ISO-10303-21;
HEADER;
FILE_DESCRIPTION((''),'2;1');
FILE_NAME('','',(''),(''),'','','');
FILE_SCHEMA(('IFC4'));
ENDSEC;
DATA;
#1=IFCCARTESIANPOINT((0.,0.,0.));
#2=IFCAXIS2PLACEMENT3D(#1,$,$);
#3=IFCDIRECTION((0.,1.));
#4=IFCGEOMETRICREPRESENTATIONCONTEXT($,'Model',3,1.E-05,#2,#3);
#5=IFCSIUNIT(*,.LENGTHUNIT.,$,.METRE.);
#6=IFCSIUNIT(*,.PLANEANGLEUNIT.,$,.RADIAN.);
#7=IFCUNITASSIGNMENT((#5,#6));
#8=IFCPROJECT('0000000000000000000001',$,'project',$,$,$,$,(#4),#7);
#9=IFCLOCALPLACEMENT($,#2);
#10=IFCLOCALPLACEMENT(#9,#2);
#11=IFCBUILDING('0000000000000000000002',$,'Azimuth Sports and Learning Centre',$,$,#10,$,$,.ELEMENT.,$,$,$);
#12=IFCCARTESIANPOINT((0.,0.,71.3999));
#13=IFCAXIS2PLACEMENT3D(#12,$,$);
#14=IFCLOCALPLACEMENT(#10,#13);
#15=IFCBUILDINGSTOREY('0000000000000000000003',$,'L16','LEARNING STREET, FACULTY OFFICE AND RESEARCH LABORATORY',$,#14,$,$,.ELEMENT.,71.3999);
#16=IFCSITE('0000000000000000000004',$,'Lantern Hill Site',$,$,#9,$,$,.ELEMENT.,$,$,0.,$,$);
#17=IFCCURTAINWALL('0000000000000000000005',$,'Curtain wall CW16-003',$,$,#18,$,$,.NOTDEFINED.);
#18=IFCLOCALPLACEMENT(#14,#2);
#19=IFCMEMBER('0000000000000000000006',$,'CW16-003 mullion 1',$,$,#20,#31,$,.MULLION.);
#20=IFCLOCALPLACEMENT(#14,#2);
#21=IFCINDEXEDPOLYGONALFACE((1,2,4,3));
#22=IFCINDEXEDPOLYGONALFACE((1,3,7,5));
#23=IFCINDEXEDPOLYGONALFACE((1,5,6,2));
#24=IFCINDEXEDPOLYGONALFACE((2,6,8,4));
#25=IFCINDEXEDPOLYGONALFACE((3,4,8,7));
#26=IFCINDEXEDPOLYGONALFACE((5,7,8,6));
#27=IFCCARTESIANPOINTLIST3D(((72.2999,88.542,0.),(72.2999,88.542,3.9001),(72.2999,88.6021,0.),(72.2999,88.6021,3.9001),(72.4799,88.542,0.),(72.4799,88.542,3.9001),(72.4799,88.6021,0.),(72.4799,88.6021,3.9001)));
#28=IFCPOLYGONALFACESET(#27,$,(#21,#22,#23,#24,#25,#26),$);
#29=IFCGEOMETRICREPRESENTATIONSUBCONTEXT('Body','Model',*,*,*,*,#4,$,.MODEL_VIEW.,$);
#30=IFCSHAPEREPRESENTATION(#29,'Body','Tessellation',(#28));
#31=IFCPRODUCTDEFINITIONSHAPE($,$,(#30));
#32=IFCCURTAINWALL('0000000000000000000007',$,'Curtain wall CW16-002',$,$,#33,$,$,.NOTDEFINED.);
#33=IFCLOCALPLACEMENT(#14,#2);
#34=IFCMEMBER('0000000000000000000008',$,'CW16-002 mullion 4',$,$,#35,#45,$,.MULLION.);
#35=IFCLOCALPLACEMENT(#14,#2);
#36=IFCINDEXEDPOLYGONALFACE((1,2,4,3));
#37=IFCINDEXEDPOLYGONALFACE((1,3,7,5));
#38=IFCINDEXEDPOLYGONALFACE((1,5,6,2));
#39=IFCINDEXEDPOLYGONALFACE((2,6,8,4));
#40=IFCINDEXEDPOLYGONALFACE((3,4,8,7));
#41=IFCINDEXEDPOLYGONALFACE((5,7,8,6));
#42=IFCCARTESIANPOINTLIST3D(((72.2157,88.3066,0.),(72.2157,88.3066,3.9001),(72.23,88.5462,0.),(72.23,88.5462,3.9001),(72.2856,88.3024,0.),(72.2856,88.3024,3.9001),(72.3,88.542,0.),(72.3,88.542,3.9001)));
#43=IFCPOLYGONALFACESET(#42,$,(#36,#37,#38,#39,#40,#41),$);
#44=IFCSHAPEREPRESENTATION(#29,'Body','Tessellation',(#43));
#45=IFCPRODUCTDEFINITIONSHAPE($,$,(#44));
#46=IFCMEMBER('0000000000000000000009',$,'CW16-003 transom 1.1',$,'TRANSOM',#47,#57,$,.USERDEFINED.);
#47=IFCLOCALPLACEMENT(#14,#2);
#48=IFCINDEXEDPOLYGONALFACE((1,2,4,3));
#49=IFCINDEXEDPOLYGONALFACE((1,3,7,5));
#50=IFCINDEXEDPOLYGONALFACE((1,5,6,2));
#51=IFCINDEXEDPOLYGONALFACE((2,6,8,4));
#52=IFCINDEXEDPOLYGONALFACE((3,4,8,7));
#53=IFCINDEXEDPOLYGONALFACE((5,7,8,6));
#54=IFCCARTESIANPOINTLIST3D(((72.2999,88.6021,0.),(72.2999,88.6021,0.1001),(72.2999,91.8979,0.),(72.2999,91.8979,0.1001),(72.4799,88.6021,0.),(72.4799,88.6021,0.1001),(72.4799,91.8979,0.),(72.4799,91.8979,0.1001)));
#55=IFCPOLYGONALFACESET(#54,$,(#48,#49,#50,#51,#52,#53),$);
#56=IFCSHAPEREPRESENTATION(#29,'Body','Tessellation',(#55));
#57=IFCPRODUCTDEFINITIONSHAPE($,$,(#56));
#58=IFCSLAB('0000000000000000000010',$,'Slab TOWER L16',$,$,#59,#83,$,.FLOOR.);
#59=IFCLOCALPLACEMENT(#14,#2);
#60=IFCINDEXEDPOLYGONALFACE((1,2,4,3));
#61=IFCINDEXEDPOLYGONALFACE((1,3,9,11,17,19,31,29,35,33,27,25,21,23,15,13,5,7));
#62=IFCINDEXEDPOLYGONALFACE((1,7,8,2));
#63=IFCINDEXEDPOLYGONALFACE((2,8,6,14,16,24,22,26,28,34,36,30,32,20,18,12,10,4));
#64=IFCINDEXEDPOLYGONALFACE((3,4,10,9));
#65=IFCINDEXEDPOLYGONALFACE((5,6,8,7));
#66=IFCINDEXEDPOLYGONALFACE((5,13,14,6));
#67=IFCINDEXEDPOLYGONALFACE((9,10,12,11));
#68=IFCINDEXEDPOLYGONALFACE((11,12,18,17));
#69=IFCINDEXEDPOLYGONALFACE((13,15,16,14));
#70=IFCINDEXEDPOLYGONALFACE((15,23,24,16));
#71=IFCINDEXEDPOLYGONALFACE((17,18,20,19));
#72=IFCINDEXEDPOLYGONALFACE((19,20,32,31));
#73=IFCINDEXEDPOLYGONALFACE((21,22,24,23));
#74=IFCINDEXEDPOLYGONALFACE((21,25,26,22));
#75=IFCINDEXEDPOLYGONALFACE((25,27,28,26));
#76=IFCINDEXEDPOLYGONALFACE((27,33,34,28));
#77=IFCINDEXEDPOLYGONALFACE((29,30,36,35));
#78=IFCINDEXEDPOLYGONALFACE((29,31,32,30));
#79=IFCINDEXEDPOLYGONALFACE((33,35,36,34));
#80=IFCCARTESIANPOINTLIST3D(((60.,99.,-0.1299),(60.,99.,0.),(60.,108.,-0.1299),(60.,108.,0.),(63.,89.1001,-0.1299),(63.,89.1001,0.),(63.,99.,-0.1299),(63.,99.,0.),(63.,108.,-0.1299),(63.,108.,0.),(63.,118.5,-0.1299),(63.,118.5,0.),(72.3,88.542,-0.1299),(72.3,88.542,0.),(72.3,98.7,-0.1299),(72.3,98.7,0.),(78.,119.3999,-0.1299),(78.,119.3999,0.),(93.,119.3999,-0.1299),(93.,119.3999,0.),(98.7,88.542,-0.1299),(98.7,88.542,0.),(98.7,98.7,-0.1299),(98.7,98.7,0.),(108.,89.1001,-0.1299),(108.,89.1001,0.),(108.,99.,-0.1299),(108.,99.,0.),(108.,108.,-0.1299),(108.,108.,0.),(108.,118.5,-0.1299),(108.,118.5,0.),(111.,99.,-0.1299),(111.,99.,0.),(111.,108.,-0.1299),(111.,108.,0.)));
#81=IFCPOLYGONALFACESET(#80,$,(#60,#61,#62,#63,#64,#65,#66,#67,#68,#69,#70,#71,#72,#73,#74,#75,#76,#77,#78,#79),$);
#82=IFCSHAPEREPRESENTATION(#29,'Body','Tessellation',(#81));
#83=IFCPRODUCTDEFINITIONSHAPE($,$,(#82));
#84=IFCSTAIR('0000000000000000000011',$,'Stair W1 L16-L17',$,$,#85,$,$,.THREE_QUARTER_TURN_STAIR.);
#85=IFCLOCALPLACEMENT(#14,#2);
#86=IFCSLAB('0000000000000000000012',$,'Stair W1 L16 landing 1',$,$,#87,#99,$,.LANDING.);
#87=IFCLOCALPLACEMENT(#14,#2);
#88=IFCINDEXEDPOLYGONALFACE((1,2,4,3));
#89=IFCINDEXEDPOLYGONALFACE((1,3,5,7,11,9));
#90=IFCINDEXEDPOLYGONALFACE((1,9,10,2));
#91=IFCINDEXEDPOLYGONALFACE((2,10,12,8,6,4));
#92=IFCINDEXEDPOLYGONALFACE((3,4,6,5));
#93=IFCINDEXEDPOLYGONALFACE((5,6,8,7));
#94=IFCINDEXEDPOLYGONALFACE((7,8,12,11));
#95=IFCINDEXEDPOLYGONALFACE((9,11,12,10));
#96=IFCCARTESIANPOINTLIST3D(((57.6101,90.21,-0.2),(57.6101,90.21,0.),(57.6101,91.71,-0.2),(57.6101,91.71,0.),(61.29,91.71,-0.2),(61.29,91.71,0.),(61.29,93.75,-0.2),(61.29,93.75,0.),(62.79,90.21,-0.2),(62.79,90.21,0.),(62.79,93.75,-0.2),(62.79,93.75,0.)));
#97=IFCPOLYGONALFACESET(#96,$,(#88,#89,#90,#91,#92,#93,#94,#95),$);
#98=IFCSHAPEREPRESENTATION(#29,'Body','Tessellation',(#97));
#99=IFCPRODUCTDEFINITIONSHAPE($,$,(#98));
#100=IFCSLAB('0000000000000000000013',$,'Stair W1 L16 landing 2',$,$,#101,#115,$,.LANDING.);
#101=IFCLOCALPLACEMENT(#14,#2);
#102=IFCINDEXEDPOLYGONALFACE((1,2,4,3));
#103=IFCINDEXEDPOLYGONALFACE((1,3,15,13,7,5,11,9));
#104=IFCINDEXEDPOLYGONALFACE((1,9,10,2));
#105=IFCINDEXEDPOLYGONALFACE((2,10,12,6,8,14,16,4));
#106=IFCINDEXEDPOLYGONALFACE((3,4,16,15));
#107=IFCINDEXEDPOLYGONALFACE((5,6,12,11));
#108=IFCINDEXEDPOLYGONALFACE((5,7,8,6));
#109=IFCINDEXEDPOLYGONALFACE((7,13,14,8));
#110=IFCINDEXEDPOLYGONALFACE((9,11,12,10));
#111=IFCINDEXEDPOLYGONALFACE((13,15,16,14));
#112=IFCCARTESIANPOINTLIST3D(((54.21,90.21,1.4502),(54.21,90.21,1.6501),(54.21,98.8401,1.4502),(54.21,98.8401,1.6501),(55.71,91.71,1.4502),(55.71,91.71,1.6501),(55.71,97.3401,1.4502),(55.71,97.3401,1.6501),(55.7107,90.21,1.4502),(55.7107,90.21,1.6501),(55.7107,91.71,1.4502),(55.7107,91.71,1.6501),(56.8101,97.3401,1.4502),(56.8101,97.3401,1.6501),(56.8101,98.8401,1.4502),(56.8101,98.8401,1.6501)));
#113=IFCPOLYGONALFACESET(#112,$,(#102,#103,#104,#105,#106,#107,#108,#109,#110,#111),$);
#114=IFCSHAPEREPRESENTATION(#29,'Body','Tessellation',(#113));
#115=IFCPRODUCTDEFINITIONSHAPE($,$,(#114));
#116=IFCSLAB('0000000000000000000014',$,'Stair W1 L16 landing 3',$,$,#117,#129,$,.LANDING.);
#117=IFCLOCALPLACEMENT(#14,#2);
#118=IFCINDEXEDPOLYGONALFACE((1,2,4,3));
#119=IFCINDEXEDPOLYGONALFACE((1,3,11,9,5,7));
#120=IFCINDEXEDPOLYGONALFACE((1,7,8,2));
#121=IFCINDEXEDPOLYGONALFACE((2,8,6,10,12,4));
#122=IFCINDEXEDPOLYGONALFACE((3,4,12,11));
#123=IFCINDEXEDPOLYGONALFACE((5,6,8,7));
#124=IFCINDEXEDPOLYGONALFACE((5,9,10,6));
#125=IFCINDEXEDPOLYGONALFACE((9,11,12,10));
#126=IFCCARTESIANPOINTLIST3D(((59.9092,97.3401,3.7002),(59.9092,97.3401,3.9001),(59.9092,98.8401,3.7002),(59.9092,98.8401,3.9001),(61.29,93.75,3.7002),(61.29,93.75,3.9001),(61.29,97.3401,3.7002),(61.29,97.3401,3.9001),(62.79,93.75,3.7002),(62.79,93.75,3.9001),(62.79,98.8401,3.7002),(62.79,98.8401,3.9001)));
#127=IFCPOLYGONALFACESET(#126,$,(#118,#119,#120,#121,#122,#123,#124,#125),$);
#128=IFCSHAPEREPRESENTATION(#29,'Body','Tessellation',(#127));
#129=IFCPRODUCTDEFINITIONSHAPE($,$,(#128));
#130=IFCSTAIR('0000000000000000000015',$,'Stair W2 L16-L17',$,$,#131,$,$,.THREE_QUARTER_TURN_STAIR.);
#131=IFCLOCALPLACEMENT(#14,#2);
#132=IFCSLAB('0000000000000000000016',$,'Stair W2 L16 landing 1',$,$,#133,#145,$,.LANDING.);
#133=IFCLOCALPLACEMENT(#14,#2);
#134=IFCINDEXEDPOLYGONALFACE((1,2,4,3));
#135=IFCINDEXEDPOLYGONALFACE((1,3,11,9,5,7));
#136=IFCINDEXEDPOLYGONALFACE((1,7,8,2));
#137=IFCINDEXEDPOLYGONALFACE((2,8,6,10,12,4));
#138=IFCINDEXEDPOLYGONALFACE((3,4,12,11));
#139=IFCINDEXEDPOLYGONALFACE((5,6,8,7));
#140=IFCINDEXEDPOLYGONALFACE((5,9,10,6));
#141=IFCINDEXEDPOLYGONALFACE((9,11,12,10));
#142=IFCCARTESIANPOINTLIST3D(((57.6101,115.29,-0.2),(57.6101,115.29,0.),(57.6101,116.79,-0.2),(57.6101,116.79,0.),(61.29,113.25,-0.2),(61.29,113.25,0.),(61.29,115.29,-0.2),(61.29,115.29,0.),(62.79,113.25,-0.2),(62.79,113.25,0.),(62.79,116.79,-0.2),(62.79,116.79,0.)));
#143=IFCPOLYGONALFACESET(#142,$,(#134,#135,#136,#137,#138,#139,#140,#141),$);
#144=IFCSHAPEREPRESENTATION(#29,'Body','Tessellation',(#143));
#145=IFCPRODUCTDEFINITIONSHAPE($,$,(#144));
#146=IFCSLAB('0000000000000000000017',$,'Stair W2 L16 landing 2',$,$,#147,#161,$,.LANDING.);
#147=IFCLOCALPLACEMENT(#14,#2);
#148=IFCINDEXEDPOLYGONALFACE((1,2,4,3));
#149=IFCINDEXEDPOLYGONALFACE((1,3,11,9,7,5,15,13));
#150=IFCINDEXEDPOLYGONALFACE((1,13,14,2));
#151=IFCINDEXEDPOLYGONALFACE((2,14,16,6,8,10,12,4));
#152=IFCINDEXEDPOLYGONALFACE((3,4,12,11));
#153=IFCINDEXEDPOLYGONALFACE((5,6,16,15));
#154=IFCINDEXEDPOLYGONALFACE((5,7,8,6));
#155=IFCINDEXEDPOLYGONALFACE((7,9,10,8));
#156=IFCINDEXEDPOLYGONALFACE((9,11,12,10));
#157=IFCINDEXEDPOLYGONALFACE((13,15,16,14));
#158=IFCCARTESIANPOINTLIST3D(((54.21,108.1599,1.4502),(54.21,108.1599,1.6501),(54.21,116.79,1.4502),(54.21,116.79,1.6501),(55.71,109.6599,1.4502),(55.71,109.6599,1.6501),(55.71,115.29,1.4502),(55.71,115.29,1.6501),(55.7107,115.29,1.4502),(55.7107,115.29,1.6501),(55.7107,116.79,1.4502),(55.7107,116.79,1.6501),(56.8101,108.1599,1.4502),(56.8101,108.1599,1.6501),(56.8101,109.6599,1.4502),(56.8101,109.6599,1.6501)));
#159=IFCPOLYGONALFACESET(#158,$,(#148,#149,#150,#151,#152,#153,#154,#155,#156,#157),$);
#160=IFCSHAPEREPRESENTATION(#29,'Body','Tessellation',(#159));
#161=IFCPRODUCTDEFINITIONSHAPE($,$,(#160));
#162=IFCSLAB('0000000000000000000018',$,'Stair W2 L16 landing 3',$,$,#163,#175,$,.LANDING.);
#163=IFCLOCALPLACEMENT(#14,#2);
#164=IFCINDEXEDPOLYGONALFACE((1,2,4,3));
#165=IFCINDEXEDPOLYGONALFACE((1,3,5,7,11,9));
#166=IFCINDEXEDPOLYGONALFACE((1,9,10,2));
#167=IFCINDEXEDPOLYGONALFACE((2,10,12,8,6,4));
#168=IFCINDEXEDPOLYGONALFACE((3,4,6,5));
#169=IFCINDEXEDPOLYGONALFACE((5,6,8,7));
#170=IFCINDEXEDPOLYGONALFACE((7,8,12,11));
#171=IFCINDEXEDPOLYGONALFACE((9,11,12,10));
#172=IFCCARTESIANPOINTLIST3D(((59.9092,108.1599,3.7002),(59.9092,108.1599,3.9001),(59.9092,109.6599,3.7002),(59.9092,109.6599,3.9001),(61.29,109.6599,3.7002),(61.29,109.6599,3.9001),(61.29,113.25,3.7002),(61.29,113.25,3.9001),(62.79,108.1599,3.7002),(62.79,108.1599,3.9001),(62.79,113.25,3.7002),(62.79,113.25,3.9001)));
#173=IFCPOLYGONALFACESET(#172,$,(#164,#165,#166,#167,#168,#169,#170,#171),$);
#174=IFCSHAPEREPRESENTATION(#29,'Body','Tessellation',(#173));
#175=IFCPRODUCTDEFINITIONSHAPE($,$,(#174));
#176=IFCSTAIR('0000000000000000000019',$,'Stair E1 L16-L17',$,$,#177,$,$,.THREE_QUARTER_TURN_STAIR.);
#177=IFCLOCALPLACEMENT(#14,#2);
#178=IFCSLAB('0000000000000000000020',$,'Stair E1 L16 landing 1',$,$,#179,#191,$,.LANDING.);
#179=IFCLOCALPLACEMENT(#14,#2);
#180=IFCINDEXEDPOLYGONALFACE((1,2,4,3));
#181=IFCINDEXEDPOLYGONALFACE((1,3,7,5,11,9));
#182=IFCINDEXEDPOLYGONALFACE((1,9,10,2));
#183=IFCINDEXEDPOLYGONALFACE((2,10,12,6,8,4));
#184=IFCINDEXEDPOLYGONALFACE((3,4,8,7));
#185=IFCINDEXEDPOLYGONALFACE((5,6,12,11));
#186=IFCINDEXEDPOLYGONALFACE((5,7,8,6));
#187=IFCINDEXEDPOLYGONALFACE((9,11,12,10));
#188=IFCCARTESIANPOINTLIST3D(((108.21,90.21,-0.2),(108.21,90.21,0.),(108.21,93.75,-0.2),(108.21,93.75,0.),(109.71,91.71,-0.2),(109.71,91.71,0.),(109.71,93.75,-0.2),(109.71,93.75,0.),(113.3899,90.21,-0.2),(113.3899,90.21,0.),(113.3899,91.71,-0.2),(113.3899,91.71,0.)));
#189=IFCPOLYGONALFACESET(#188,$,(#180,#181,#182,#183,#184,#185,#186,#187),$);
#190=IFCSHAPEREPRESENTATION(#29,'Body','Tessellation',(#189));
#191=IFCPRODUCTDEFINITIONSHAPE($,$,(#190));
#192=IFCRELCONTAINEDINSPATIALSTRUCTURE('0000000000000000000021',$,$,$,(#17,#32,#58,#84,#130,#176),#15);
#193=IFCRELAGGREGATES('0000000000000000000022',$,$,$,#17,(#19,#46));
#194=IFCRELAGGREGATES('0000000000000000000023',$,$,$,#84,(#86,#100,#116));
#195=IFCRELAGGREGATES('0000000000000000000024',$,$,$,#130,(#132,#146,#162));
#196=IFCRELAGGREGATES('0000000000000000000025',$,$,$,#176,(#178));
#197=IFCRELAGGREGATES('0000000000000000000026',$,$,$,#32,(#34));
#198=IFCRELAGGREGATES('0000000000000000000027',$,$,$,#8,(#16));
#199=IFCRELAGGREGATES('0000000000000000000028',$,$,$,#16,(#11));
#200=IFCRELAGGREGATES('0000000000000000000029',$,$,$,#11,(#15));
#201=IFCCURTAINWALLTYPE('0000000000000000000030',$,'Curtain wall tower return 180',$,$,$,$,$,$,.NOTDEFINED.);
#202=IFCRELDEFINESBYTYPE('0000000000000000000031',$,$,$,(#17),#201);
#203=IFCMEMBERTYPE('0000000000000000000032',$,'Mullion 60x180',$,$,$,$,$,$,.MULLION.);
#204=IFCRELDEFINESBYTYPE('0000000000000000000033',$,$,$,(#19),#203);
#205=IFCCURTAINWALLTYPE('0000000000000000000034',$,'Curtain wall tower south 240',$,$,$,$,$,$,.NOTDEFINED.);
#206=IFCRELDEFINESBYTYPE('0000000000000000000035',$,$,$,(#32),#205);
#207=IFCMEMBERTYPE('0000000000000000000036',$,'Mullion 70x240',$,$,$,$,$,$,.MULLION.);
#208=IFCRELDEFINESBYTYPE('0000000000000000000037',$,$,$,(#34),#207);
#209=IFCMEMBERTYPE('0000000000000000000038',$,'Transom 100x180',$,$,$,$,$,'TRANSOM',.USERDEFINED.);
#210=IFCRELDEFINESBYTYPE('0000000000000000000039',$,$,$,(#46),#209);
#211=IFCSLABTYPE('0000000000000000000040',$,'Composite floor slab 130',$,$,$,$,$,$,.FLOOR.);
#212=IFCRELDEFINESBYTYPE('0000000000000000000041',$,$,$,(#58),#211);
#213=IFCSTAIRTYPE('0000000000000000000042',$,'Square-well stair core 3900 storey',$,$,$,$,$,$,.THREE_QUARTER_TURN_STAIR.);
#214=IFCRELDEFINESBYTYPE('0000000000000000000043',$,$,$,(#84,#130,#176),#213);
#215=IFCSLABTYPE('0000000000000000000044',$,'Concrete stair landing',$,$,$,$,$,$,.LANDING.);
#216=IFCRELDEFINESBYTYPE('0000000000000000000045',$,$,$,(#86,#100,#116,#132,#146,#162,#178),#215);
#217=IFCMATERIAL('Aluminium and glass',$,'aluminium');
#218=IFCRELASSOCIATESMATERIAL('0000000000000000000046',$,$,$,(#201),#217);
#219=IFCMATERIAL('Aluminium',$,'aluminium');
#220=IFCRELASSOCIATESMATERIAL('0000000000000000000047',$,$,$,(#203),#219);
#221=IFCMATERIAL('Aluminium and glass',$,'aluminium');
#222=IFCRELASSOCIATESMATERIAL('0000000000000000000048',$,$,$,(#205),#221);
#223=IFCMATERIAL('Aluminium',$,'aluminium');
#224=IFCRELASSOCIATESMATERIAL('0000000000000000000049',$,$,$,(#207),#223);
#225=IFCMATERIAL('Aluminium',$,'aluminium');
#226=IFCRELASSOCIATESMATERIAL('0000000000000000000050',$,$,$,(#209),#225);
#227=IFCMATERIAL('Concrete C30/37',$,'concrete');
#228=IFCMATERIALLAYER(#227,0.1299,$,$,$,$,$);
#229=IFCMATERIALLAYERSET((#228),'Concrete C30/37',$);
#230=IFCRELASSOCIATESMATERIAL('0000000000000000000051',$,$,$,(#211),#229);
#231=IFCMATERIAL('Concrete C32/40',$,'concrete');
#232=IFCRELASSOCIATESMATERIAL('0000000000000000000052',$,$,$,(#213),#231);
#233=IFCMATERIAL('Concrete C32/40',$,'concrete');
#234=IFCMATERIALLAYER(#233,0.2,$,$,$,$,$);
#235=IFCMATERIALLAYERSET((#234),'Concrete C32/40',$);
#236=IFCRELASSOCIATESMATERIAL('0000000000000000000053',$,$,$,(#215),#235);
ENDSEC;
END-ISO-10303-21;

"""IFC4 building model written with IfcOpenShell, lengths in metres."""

from ifc_helpers import new_model, si_unit, direction, frame, origin, origin_2d, place, context, subcontext, project, spatial, polyline, rectangle, outline, extrude, material, layer, layer_set, material_profile, profile_set, type_object, element, aggregate, save


model = new_model("IFC4")

# Units and contexts
model_context = context("Model", 3, precision=1e-05, world=origin(), true_north=direction((0.0, 1.0)))
body_context = subcontext(model_context, "Body", "Model", "MODEL_VIEW")
ifc_project = project(units=[si_unit("LENGTHUNIT", "METRE"), si_unit("PLANEANGLEUNIT", "RADIAN")], contexts=[model_context])

# Site, building, storey
site_placement = place(None, origin())
site = spatial("IfcSite", under=ifc_project, at=site_placement, Name="Lantern Hill Site", CompositionType="ELEMENT", RefElevation=0.0)
building_placement = place(site_placement, origin())
building = spatial("IfcBuilding", under=site, at=building_placement, Name="Azimuth Sports and Learning Centre", CompositionType="ELEMENT")
storey_placement = place(building_placement, frame((0.0, 0.0, 71.3999)))
storey = spatial("IfcBuildingStorey", under=building, at=storey_placement, Name="L16", Description="LEARNING STREET, FACULTY OFFICE AND RESEARCH LABORATORY", CompositionType="ELEMENT", Elevation=71.3999)

# Curtain walls, members
ifc_material_1 = material(Name="Aluminium and glass", Category="aluminium")
curtain_wall_type_1 = type_object("IfcCurtainWallType", Name="Curtain wall tower return 180", PredefinedType="NOTDEFINED", material=ifc_material_1)
curtain_wall_1_placement = place(storey_placement, origin())
curtain_wall_1 = element("IfcCurtainWall", 1, at=curtain_wall_1_placement, inside=storey, type_object=curtain_wall_type_1, Name="Curtain wall CW16-003", PredefinedType="NOTDEFINED")
ifc_material_2 = material(Name="Aluminium", Category="aluminium")
ifc_material_profile_1 = material_profile(ifc_material_2, rectangle(XDim=0.1799, YDim=0.0601, at=origin_2d()), Name="Mullion 60x180")
ifc_profile_set_1 = profile_set([ifc_material_profile_1], Name="Aluminium")
member_type_1 = type_object("IfcMemberType", Name="Mullion 60x180", PredefinedType="MULLION", material=ifc_profile_set_1)
member_1_placement = place(storey_placement, frame((72.3899, 88.572, 0.0), z_axis=(0.0, 0.0, 1.0), x_axis=(-1.0, 0.0, 0.0)))
member_1 = element("IfcMember", 2, at=member_1_placement, type_object=member_type_1, Name="CW16-003 mullion 1", PredefinedType="MULLION", context=body_context, shape_type="SweptSolid", body=[
    extrude(rectangle(XDim=0.1799, YDim=0.0601, at=origin_2d()), origin(), (0.0, 0.0, 1.0), 3.9001),
])
ifc_material_3 = material(Name="Aluminium and glass", Category="aluminium")
curtain_wall_type_2 = type_object("IfcCurtainWallType", Name="Curtain wall tower south 240", PredefinedType="NOTDEFINED", material=ifc_material_3)
curtain_wall_2_placement = place(storey_placement, origin())
curtain_wall_2 = element("IfcCurtainWall", 3, at=curtain_wall_2_placement, inside=storey, type_object=curtain_wall_type_2, Name="Curtain wall CW16-002", PredefinedType="NOTDEFINED")
ifc_material_4 = material(Name="Aluminium", Category="aluminium")
ifc_material_profile_2 = material_profile(ifc_material_4, rectangle(XDim=0.24, YDim=0.0701, at=origin_2d()), Name="Mullion 70x240")
ifc_profile_set_2 = profile_set([ifc_material_profile_2], Name="Aluminium")
member_type_2 = type_object("IfcMemberType", Name="Mullion 70x240", PredefinedType="MULLION", material=ifc_profile_set_2)
member_2_placement = place(storey_placement, frame((72.2578, 88.4243, 0.0), z_axis=(0.0, 0.0, 1.0), x_axis=(0.059892, 0.998205, 0.0)))
member_2 = element("IfcMember", 4, at=member_2_placement, type_object=member_type_2, Name="CW16-002 mullion 4", PredefinedType="MULLION", context=body_context, shape_type="SweptSolid", body=[
    extrude(rectangle(XDim=0.24, YDim=0.0701, at=origin_2d()), origin(), (0.0, 0.0, 1.0), 3.9001),
])

# Member
ifc_material_5 = material(Name="Aluminium", Category="aluminium")
ifc_material_profile_3 = material_profile(ifc_material_5, rectangle(XDim=0.1799, YDim=0.1001, at=origin_2d()), Name="Transom 100x180")
ifc_profile_set_3 = profile_set([ifc_material_profile_3], Name="Aluminium")
member_type_3 = type_object("IfcMemberType", Name="Transom 100x180", ElementType="TRANSOM", PredefinedType="USERDEFINED", material=ifc_profile_set_3)
member_3_placement = place(storey_placement, frame((72.3899, 88.6021, 0.05), z_axis=(0.0, 1.0, 0.0), x_axis=(-1.0, 0.0, 0.0)))
member_3 = element("IfcMember", 5, at=member_3_placement, type_object=member_type_3, Name="CW16-003 transom 1.1", ObjectType="TRANSOM", PredefinedType="USERDEFINED", context=body_context, shape_type="SweptSolid", body=[
    extrude(rectangle(XDim=0.1799, YDim=0.1001, at=origin_2d()), origin(), (0.0, 0.0, 1.0), 3.2959),
])
aggregate(curtain_wall_1, [member_1, member_3])

# Slab
ifc_material_6 = material(Name="Concrete C30/37", Category="concrete")
ifc_layer_1 = layer(ifc_material_6, 0.1299)
ifc_layer_set_1 = layer_set([ifc_layer_1], Name="Concrete C30/37")
slab_type_1 = type_object("IfcSlabType", Name="Composite floor slab 130", PredefinedType="FLOOR", material=ifc_layer_set_1)
slab_1_placement = place(storey_placement, frame((0.0, 0.0, -0.1299)))
element("IfcSlab", 6, at=slab_1_placement, inside=storey, type_object=slab_type_1, Name="Slab TOWER L16", PredefinedType="FLOOR", context=body_context, shape_type="SweptSolid", body=[
    extrude(outline(polyline([(72.3, 88.542), (72.3, 98.7), (98.7, 98.7), (98.7, 88.542), (108.0, 89.1001), (108.0, 99.0), (111.0, 99.0), (111.0, 108.0), (108.0, 108.0), (108.0, 118.5), (93.0, 119.3999), (78.0, 119.3999), (63.0, 118.5), (63.0, 108.0), (60.0, 108.0), (60.0, 99.0), (63.0, 99.0), (63.0, 89.1001), (72.3, 88.542)])), origin(), (0.0, 0.0, 1.0), 0.1299),
])

# Stairs, slabs
ifc_material_7 = material(Name="Concrete C32/40", Category="concrete")
stair_type = type_object("IfcStairType", Name="Square-well stair core 3900 storey", PredefinedType="THREE_QUARTER_TURN_STAIR", material=ifc_material_7)
stair_1_placement = place(storey_placement, origin())
stair_1 = element("IfcStair", 7, at=stair_1_placement, inside=storey, type_object=stair_type, Name="Stair W1 L16-L17", PredefinedType="THREE_QUARTER_TURN_STAIR")
ifc_material_8 = material(Name="Concrete C32/40", Category="concrete")
ifc_layer_2 = layer(ifc_material_8, 0.2)
ifc_layer_set_2 = layer_set([ifc_layer_2], Name="Concrete C32/40")
slab_type_2 = type_object("IfcSlabType", Name="Concrete stair landing", PredefinedType="LANDING", material=ifc_layer_set_2)
slab_2_placement = place(storey_placement, frame((0.0, 0.0, -0.2)))
slab_2 = element("IfcSlab", 8, at=slab_2_placement, type_object=slab_type_2, Name="Stair W1 L16 landing 1", PredefinedType="LANDING", context=body_context, shape_type="SweptSolid", body=[
    extrude(outline(polyline([(62.79, 90.21), (62.79, 93.75), (61.29, 93.75), (61.29, 91.71), (57.6101, 91.71), (57.6101, 90.21), (62.79, 90.21)])), origin(), (0.0, 0.0, 1.0), 0.2),
])
slab_3_placement = place(storey_placement, frame((0.0, 0.0, 1.4502)))
slab_3 = element("IfcSlab", 9, at=slab_3_placement, type_object=slab_type_2, Name="Stair W1 L16 landing 2", PredefinedType="LANDING", context=body_context, shape_type="SweptSolid", body=[
    extrude(outline(polyline([(55.71, 91.71), (55.71, 97.3401), (56.8101, 97.3401), (56.8101, 98.8401), (54.21, 98.8401), (54.21, 90.21), (55.7107, 90.21), (55.7107, 91.71), (55.71, 91.71)])), origin(), (0.0, 0.0, 1.0), 0.2),
])
slab_4_placement = place(storey_placement, frame((0.0, 0.0, 3.7002)))
slab_4 = element("IfcSlab", 10, at=slab_4_placement, type_object=slab_type_2, Name="Stair W1 L16 landing 3", PredefinedType="LANDING", context=body_context, shape_type="SweptSolid", body=[
    extrude(outline(polyline([(61.29, 97.3401), (61.29, 93.75), (62.79, 93.75), (62.79, 98.8401), (59.9092, 98.8401), (59.9092, 97.3401), (61.29, 97.3401)])), origin(), (0.0, 0.0, 1.0), 0.2),
])
aggregate(stair_1, [slab_2, slab_3, slab_4])
stair_2_placement = place(storey_placement, origin())
stair_2 = element("IfcStair", 11, at=stair_2_placement, inside=storey, type_object=stair_type, Name="Stair W2 L16-L17", PredefinedType="THREE_QUARTER_TURN_STAIR")
slab_5_placement = place(storey_placement, frame((0.0, 0.0, -0.2)))
slab_5 = element("IfcSlab", 12, at=slab_5_placement, type_object=slab_type_2, Name="Stair W2 L16 landing 1", PredefinedType="LANDING", context=body_context, shape_type="SweptSolid", body=[
    extrude(outline(polyline([(57.6101, 115.29), (61.29, 115.29), (61.29, 113.25), (62.79, 113.25), (62.79, 116.79), (57.6101, 116.79), (57.6101, 115.29)])), origin(), (0.0, 0.0, 1.0), 0.2),
])
slab_6_placement = place(storey_placement, frame((0.0, 0.0, 1.4502)))
slab_6 = element("IfcSlab", 13, at=slab_6_placement, type_object=slab_type_2, Name="Stair W2 L16 landing 2", PredefinedType="LANDING", context=body_context, shape_type="SweptSolid", body=[
    extrude(outline(polyline([(55.71, 115.29), (55.7107, 115.29), (55.7107, 116.79), (54.21, 116.79), (54.21, 108.1599), (56.8101, 108.1599), (56.8101, 109.6599), (55.71, 109.6599), (55.71, 115.29)])), origin(), (0.0, 0.0, 1.0), 0.2),
])
slab_7_placement = place(storey_placement, frame((0.0, 0.0, 3.7002)))
slab_7 = element("IfcSlab", 14, at=slab_7_placement, type_object=slab_type_2, Name="Stair W2 L16 landing 3", PredefinedType="LANDING", context=body_context, shape_type="SweptSolid", body=[
    extrude(outline(polyline([(61.29, 109.6599), (59.9092, 109.6599), (59.9092, 108.1599), (62.79, 108.1599), (62.79, 113.25), (61.29, 113.25), (61.29, 109.6599)])), origin(), (0.0, 0.0, 1.0), 0.2),
])
aggregate(stair_2, [slab_5, slab_6, slab_7])
stair_3_placement = place(storey_placement, origin())
stair_3 = element("IfcStair", 15, at=stair_3_placement, inside=storey, type_object=stair_type, Name="Stair E1 L16-L17", PredefinedType="THREE_QUARTER_TURN_STAIR")
slab_8_placement = place(storey_placement, frame((0.0, 0.0, -0.2)))
slab_8 = element("IfcSlab", 16, at=slab_8_placement, type_object=slab_type_2, Name="Stair E1 L16 landing 1", PredefinedType="LANDING", context=body_context, shape_type="SweptSolid", body=[
    extrude(outline(polyline([(113.3899, 91.71), (109.71, 91.71), (109.71, 93.75), (108.21, 93.75), (108.21, 90.21), (113.3899, 90.21), (113.3899, 91.71)])), origin(), (0.0, 0.0, 1.0), 0.2),
])
aggregate(stair_3, [slab_8])

aggregate(curtain_wall_2, [member_2])

save(model, "model.ifc")
